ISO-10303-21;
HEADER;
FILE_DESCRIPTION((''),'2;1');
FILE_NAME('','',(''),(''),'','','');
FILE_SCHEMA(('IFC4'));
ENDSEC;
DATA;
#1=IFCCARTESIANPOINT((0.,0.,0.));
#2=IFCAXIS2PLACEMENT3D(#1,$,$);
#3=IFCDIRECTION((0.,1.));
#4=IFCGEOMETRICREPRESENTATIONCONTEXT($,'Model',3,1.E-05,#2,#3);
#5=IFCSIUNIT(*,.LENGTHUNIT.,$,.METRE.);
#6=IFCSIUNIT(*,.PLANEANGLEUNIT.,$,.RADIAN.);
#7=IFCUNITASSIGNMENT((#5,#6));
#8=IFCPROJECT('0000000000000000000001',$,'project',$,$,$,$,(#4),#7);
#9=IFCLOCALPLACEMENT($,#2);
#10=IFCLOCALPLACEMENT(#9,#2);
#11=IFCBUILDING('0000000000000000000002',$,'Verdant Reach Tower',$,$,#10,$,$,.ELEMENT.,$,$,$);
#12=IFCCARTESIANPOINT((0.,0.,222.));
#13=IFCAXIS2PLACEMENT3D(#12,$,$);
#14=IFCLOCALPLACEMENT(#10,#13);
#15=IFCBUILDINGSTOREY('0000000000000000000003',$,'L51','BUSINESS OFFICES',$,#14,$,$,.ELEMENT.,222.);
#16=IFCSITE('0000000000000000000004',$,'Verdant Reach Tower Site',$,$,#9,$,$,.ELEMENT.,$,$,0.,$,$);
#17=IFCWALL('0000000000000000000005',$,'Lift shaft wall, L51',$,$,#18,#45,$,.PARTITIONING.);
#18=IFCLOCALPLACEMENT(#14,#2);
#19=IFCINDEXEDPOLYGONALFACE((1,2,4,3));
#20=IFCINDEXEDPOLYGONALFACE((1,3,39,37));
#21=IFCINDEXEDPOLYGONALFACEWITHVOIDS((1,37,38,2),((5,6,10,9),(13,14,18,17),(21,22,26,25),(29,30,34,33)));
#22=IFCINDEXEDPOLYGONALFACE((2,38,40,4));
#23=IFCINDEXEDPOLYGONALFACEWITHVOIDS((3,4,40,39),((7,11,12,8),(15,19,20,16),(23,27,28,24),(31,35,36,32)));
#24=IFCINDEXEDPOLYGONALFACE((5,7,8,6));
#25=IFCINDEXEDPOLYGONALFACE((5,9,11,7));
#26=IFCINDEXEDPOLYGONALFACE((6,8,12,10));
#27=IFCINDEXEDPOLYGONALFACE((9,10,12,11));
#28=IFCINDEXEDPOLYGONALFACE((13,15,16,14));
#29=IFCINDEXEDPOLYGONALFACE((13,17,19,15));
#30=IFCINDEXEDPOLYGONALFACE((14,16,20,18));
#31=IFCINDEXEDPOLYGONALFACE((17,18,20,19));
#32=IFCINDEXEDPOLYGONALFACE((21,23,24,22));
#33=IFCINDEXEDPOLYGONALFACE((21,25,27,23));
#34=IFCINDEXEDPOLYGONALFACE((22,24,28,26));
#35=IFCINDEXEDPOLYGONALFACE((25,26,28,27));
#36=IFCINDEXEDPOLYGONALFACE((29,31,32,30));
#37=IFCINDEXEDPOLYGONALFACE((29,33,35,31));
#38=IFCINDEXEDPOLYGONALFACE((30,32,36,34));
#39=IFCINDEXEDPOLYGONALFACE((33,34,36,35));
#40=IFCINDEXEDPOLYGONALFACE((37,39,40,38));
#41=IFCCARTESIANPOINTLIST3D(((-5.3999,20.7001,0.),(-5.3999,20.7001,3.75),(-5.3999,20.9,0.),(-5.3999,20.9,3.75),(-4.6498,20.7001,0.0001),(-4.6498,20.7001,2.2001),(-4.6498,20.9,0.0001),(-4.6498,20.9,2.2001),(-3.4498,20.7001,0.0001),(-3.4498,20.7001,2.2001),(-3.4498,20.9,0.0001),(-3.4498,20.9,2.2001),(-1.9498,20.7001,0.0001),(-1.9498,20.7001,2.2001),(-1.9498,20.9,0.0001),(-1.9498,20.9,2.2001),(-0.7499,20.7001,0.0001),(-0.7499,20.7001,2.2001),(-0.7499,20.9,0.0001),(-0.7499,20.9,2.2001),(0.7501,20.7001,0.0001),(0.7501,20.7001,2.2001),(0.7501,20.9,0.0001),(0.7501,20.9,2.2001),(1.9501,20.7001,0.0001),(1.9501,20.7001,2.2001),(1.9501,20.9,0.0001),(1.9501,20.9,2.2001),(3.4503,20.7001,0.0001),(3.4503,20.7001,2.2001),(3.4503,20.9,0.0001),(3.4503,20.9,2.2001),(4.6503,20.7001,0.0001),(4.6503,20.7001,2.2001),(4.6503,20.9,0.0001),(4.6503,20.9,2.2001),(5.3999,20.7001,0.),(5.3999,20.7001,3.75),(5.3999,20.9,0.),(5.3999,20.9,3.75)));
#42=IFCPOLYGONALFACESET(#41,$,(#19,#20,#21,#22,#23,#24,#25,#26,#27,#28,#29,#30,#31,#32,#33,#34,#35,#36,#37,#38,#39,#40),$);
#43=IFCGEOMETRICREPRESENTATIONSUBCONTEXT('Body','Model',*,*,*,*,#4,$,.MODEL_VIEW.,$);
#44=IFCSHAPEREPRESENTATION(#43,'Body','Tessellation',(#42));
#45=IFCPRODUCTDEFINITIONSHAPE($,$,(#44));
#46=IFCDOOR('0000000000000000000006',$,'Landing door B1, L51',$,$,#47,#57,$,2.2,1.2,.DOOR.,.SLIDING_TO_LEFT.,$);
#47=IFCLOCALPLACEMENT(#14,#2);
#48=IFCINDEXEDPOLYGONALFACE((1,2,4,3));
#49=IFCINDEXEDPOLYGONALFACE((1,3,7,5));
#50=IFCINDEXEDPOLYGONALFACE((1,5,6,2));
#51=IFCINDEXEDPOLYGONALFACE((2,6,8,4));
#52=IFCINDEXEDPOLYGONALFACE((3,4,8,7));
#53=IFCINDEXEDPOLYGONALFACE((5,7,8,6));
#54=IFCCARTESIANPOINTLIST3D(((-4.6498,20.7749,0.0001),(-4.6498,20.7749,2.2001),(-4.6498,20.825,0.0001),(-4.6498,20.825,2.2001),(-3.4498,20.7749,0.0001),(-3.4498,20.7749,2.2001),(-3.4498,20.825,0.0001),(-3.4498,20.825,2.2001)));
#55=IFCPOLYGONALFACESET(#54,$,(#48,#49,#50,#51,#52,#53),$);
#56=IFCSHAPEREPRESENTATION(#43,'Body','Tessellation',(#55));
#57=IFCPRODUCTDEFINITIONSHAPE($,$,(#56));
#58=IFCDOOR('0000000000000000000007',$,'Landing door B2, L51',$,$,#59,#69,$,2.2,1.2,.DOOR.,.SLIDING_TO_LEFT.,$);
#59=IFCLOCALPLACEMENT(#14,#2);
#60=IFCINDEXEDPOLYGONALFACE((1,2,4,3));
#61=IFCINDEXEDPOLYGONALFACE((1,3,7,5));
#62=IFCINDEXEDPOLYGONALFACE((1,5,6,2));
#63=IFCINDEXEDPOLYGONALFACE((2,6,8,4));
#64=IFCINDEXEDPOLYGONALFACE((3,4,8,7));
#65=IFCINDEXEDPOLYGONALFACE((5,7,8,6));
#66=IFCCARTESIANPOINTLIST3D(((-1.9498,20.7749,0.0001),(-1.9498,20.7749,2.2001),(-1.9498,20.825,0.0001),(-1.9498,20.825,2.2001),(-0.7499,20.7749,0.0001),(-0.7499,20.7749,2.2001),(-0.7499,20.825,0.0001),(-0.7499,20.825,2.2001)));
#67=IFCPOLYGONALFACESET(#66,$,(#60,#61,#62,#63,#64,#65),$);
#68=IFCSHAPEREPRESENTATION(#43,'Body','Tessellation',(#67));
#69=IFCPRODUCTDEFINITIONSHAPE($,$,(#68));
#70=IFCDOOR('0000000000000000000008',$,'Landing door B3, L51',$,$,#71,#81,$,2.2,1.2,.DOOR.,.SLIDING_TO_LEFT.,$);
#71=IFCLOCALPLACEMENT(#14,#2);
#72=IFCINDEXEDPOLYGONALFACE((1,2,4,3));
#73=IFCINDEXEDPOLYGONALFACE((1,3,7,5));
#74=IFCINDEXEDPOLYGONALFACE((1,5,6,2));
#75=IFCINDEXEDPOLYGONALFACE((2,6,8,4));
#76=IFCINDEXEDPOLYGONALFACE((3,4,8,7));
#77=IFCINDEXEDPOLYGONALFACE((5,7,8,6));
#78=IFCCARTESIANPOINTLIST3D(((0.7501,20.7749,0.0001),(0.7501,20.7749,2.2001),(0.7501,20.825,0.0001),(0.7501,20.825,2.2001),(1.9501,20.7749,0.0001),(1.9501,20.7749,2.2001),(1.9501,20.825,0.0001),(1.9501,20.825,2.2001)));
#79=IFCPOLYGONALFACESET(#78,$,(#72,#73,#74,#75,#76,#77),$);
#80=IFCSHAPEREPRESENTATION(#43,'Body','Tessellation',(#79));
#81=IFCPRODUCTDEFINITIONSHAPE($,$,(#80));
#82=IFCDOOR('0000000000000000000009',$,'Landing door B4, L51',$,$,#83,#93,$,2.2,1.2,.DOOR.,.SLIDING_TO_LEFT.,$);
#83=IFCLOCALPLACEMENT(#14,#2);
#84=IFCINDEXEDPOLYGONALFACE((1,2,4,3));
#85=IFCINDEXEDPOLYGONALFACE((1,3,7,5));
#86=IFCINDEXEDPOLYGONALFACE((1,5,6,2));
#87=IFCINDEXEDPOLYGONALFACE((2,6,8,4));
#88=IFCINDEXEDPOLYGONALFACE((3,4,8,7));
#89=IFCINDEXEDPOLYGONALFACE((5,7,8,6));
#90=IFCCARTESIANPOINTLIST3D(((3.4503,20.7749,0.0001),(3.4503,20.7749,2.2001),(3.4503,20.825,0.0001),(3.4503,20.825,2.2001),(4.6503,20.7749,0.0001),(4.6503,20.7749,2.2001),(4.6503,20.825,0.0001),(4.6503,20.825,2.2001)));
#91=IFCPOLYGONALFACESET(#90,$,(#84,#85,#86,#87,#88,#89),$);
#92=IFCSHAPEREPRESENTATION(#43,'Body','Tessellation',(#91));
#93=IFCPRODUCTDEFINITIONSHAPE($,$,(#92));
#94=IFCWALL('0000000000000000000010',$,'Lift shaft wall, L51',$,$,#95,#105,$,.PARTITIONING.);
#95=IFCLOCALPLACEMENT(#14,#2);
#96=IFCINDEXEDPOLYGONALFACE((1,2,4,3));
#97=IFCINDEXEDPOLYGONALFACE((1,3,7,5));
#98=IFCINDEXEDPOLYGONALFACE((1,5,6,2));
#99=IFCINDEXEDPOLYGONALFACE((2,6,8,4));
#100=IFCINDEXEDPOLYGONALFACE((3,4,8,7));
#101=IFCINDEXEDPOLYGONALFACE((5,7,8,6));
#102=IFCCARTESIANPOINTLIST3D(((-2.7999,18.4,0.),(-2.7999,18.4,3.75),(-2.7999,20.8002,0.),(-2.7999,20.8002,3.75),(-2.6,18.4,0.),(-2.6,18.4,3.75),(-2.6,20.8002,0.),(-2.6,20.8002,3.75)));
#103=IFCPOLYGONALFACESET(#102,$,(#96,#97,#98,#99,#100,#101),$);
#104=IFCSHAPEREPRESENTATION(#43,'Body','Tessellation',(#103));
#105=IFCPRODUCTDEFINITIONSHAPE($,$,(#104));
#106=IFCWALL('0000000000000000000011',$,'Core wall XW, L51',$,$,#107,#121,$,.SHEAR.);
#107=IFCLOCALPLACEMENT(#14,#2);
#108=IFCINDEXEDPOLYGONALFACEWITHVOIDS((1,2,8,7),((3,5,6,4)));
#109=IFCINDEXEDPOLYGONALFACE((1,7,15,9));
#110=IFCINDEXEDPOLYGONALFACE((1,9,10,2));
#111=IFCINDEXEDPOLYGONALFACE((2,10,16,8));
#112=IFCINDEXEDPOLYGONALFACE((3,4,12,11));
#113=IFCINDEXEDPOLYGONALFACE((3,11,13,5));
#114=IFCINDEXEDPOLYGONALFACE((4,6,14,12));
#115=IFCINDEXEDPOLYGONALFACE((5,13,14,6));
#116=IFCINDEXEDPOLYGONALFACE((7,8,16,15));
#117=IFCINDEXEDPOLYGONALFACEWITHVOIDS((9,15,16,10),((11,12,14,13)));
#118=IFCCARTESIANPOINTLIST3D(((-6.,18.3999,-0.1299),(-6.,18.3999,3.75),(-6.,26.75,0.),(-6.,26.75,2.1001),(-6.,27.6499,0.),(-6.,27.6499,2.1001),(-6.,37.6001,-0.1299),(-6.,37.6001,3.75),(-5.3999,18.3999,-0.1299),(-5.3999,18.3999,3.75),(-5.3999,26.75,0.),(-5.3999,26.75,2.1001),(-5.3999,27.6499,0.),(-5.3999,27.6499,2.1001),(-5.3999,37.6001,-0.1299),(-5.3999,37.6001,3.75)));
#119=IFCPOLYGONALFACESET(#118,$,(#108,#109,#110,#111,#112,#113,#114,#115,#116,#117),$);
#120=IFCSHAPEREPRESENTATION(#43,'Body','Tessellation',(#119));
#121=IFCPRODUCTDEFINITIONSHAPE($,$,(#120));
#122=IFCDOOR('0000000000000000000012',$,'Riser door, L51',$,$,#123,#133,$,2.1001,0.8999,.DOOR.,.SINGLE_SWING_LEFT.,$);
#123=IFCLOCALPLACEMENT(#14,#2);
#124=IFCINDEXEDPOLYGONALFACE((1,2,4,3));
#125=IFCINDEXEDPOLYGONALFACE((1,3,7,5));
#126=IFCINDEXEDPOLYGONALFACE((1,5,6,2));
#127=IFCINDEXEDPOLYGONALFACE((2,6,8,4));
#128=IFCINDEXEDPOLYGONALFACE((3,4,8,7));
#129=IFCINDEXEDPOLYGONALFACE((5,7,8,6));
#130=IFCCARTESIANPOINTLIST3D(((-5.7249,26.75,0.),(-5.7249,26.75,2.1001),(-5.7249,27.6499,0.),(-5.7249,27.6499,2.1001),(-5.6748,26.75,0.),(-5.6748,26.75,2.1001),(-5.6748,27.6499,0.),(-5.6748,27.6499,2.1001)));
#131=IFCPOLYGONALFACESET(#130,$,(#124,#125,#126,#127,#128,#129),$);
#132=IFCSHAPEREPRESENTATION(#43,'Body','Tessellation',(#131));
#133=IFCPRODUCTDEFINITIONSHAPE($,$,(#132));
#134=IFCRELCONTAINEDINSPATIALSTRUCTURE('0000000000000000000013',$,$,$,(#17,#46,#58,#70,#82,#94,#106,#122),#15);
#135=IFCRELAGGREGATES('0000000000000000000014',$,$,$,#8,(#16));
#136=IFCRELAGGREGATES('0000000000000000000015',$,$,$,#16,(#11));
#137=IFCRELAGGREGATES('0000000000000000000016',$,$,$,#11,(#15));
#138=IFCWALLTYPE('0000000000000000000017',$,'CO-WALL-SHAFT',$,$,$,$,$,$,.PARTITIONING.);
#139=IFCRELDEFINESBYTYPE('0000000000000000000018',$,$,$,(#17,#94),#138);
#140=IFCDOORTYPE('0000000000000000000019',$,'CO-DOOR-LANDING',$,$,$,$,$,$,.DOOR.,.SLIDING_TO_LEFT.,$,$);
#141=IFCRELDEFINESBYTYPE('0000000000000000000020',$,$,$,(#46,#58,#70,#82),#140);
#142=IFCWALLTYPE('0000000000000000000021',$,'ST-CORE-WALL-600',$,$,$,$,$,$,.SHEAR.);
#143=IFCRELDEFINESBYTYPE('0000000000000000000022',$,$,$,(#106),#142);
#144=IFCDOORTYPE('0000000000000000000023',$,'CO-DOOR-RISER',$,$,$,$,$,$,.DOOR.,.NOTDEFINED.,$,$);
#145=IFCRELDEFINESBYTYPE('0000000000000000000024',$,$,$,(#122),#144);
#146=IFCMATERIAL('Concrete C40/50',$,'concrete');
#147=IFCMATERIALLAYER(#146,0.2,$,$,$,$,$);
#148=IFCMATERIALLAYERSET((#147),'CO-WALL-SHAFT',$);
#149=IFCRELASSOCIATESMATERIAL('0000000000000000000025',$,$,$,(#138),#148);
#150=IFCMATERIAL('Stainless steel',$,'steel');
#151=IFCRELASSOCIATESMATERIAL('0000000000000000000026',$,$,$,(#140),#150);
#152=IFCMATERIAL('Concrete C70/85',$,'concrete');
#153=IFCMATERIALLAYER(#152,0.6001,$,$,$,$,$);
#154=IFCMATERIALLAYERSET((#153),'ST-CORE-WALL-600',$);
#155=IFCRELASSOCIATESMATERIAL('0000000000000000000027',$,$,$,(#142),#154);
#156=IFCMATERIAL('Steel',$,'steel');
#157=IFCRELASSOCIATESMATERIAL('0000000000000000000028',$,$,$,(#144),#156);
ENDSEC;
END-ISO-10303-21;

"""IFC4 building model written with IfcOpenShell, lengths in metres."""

from ifc_helpers import new_model, si_unit, direction, frame, frame_2d, origin, place, context, subcontext, project, spatial, rectangle, extrude, material, layer, layer_set, type_object, element, fill, save


model = new_model("IFC4")

# Units and contexts
model_context = context("Model", 3, precision=1e-05, world=origin(), true_north=direction((0.0, 1.0)))
body_context = subcontext(model_context, "Body", "Model", "MODEL_VIEW")
ifc_project = project(units=[si_unit("LENGTHUNIT", "METRE"), si_unit("PLANEANGLEUNIT", "RADIAN")], contexts=[model_context])

# Site, building, storey
site_placement = place(None, origin())
site = spatial("IfcSite", under=ifc_project, at=site_placement, Name="Verdant Reach Tower Site", CompositionType="ELEMENT", RefElevation=0.0)
building_placement = place(site_placement, origin())
building = spatial("IfcBuilding", under=site, at=building_placement, Name="Verdant Reach Tower", CompositionType="ELEMENT")
storey_placement = place(building_placement, frame((0.0, 0.0, 222.0)))
storey = spatial("IfcBuildingStorey", under=building, at=storey_placement, Name="L51", Description="BUSINESS OFFICES", CompositionType="ELEMENT", Elevation=222.0)

# Wall, openings, doors
ifc_material_1 = material(Name="Concrete C40/50", Category="concrete")
ifc_layer_1 = layer(ifc_material_1, 0.2)
ifc_layer_set_1 = layer_set([ifc_layer_1], Name="CO-WALL-SHAFT")
wall_type_1 = type_object("IfcWallType", Name="CO-WALL-SHAFT", PredefinedType="PARTITIONING", material=ifc_layer_set_1)
wall_1_placement = place(storey_placement, frame((-5.3999, 20.8, 0.0), z_axis=(0.0, 0.0, 1.0), x_axis=(1.0, 0.0, 0.0)))
wall_1 = element("IfcWall", 1, at=wall_1_placement, inside=storey, type_object=wall_type_1, Name="Lift shaft wall, L51", PredefinedType="PARTITIONING", context=body_context, shape_type="SweptSolid", body=[
    extrude(rectangle(XDim=10.7998, YDim=0.2, at=frame_2d((5.3999, 0.0))), origin(), (0.0, 0.0, 1.0), 3.75),
])
opening_1_placement = place(wall_1_placement, frame((0.75, 0.0, 0.0)))
opening_1 = element("IfcOpeningElement", 2, at=opening_1_placement, cuts=wall_1, PredefinedType="OPENING", context=body_context, shape_type="SweptSolid", body=[
    extrude(rectangle(XDim=1.2, YDim=2.2, at=frame_2d((0.6001, 1.1001))), frame((0.0, 0.1099, 0.0), z_axis=(0.0, -1.0, 0.0), x_axis=(1.0, 0.0, 0.0)), (0.0, 0.0, 1.0), 0.22),
])
opening_2_placement = place(wall_1_placement, frame((3.45, 0.0, 0.0)))
opening_2 = element("IfcOpeningElement", 3, at=opening_2_placement, cuts=wall_1, PredefinedType="OPENING", context=body_context, shape_type="SweptSolid", body=[
    extrude(rectangle(XDim=1.2, YDim=2.2, at=frame_2d((0.6001, 1.1001))), frame((0.0, 0.1099, 0.0), z_axis=(0.0, -1.0, 0.0), x_axis=(1.0, 0.0, 0.0)), (0.0, 0.0, 1.0), 0.22),
])
opening_3_placement = place(wall_1_placement, frame((6.1499, 0.0, 0.0)))
opening_3 = element("IfcOpeningElement", 4, at=opening_3_placement, cuts=wall_1, PredefinedType="OPENING", context=body_context, shape_type="SweptSolid", body=[
    extrude(rectangle(XDim=1.2, YDim=2.2, at=frame_2d((0.6001, 1.1001))), frame((0.0, 0.1099, 0.0), z_axis=(0.0, -1.0, 0.0), x_axis=(1.0, 0.0, 0.0)), (0.0, 0.0, 1.0), 0.22),
])
opening_4_placement = place(wall_1_placement, frame((8.8501, 0.0, 0.0)))
opening_4 = element("IfcOpeningElement", 5, at=opening_4_placement, cuts=wall_1, PredefinedType="OPENING", context=body_context, shape_type="SweptSolid", body=[
    extrude(rectangle(XDim=1.2, YDim=2.2, at=frame_2d((0.6001, 1.1001))), frame((0.0, 0.1099, 0.0), z_axis=(0.0, -1.0, 0.0), x_axis=(1.0, 0.0, 0.0)), (0.0, 0.0, 1.0), 0.22),
])
ifc_material_2 = material(Name="Stainless steel", Category="steel")
door_type_1 = type_object("IfcDoorType", Name="CO-DOOR-LANDING", OperationType="SLIDING_TO_LEFT", PredefinedType="DOOR", material=ifc_material_2)
door_1_placement = place(opening_1_placement, origin())
door_1 = element("IfcDoor", 6, at=door_1_placement, inside=storey, type_object=door_type_1, Name="Landing door B1, L51", OperationType="SLIDING_TO_LEFT", OverallHeight=2.2, OverallWidth=1.2, PredefinedType="DOOR", context=body_context, shape_type="SweptSolid", body=[
    extrude(rectangle(XDim=1.2, YDim=2.2, at=frame_2d((0.6001, 1.1001))), frame((0.0, 0.0249, 0.0), z_axis=(0.0, -1.0, 0.0), x_axis=(1.0, 0.0, 0.0)), (0.0, 0.0, 1.0), 0.05),
])
fill(opening_1, door_1)
door_2_placement = place(opening_2_placement, origin())
door_2 = element("IfcDoor", 7, at=door_2_placement, inside=storey, type_object=door_type_1, Name="Landing door B2, L51", OperationType="SLIDING_TO_LEFT", OverallHeight=2.2, OverallWidth=1.2, PredefinedType="DOOR", context=body_context, shape_type="SweptSolid", body=[
    extrude(rectangle(XDim=1.2, YDim=2.2, at=frame_2d((0.6001, 1.1001))), frame((0.0, 0.0249, 0.0), z_axis=(0.0, -1.0, 0.0), x_axis=(1.0, 0.0, 0.0)), (0.0, 0.0, 1.0), 0.05),
])
fill(opening_2, door_2)
door_3_placement = place(opening_3_placement, origin())
door_3 = element("IfcDoor", 8, at=door_3_placement, inside=storey, type_object=door_type_1, Name="Landing door B3, L51", OperationType="SLIDING_TO_LEFT", OverallHeight=2.2, OverallWidth=1.2, PredefinedType="DOOR", context=body_context, shape_type="SweptSolid", body=[
    extrude(rectangle(XDim=1.2, YDim=2.2, at=frame_2d((0.6001, 1.1001))), frame((0.0, 0.0249, 0.0), z_axis=(0.0, -1.0, 0.0), x_axis=(1.0, 0.0, 0.0)), (0.0, 0.0, 1.0), 0.05),
])
fill(opening_3, door_3)
door_4_placement = place(opening_4_placement, origin())
door_4 = element("IfcDoor", 9, at=door_4_placement, inside=storey, type_object=door_type_1, Name="Landing door B4, L51", OperationType="SLIDING_TO_LEFT", OverallHeight=2.2, OverallWidth=1.2, PredefinedType="DOOR", context=body_context, shape_type="SweptSolid", body=[
    extrude(rectangle(XDim=1.2, YDim=2.2, at=frame_2d((0.6001, 1.1001))), frame((0.0, 0.0249, 0.0), z_axis=(0.0, -1.0, 0.0), x_axis=(1.0, 0.0, 0.0)), (0.0, 0.0, 1.0), 0.05),
])
fill(opening_4, door_4)

# Wall
wall_2_placement = place(storey_placement, frame((-2.7, 18.3999, 0.0), z_axis=(0.0, 0.0, 1.0), x_axis=(0.0, 1.0, 0.0)))
element("IfcWall", 10, at=wall_2_placement, inside=storey, type_object=wall_type_1, Name="Lift shaft wall, L51", PredefinedType="PARTITIONING", context=body_context, shape_type="SweptSolid", body=[
    extrude(rectangle(XDim=2.4001, YDim=0.2, at=frame_2d((1.2002, 0.0))), origin(), (0.0, 0.0, 1.0), 3.75),
])

# Wall, opening, door
ifc_material_3 = material(Name="Concrete C70/85", Category="concrete")
ifc_layer_2 = layer(ifc_material_3, 0.6001)
ifc_layer_set_2 = layer_set([ifc_layer_2], Name="ST-CORE-WALL-600")
wall_type_2 = type_object("IfcWallType", Name="ST-CORE-WALL-600", PredefinedType="SHEAR", material=ifc_layer_set_2)
wall_3_placement = place(storey_placement, frame((-5.7, 18.3999, -0.1299), z_axis=(0.0, 0.0, 1.0), x_axis=(0.0, 1.0, 0.0)))
wall_3 = element("IfcWall", 11, at=wall_3_placement, inside=storey, type_object=wall_type_2, Name="Core wall XW, L51", PredefinedType="SHEAR", context=body_context, shape_type="SweptSolid", body=[
    extrude(rectangle(XDim=19.2002, YDim=0.6001, at=frame_2d((9.6001, 0.0))), origin(), (0.0, 0.0, 1.0), 3.8799),
])
opening_5_placement = place(wall_3_placement, frame((8.3501, 0.0, 0.1299)))
opening_5 = element("IfcOpeningElement", 12, at=opening_5_placement, cuts=wall_3, PredefinedType="OPENING", context=body_context, shape_type="SweptSolid", body=[
    extrude(rectangle(XDim=0.8999, YDim=2.1001, at=frame_2d((0.45, 1.05))), frame((0.0, 0.3101, 0.0), z_axis=(0.0, -1.0, 0.0), x_axis=(1.0, 0.0, 0.0)), (0.0, 0.0, 1.0), 0.6201),
])
ifc_material_4 = material(Name="Steel", Category="steel")
door_type_2 = type_object("IfcDoorType", Name="CO-DOOR-RISER", OperationType="NOTDEFINED", PredefinedType="DOOR", material=ifc_material_4)
door_5_placement = place(opening_5_placement, origin())
door_5 = element("IfcDoor", 13, at=door_5_placement, inside=storey, type_object=door_type_2, Name="Riser door, L51", OperationType="SINGLE_SWING_LEFT", OverallHeight=2.1001, OverallWidth=0.8999, PredefinedType="DOOR", context=body_context, shape_type="SweptSolid", body=[
    extrude(rectangle(XDim=0.8999, YDim=2.1001, at=frame_2d((0.45, 1.05))), frame((0.0, 0.0249, 0.0), z_axis=(0.0, -1.0, 0.0), x_axis=(1.0, 0.0, 0.0)), (0.0, 0.0, 1.0), 0.05),
])
fill(opening_5, door_5)

save(model, "model.ifc")
